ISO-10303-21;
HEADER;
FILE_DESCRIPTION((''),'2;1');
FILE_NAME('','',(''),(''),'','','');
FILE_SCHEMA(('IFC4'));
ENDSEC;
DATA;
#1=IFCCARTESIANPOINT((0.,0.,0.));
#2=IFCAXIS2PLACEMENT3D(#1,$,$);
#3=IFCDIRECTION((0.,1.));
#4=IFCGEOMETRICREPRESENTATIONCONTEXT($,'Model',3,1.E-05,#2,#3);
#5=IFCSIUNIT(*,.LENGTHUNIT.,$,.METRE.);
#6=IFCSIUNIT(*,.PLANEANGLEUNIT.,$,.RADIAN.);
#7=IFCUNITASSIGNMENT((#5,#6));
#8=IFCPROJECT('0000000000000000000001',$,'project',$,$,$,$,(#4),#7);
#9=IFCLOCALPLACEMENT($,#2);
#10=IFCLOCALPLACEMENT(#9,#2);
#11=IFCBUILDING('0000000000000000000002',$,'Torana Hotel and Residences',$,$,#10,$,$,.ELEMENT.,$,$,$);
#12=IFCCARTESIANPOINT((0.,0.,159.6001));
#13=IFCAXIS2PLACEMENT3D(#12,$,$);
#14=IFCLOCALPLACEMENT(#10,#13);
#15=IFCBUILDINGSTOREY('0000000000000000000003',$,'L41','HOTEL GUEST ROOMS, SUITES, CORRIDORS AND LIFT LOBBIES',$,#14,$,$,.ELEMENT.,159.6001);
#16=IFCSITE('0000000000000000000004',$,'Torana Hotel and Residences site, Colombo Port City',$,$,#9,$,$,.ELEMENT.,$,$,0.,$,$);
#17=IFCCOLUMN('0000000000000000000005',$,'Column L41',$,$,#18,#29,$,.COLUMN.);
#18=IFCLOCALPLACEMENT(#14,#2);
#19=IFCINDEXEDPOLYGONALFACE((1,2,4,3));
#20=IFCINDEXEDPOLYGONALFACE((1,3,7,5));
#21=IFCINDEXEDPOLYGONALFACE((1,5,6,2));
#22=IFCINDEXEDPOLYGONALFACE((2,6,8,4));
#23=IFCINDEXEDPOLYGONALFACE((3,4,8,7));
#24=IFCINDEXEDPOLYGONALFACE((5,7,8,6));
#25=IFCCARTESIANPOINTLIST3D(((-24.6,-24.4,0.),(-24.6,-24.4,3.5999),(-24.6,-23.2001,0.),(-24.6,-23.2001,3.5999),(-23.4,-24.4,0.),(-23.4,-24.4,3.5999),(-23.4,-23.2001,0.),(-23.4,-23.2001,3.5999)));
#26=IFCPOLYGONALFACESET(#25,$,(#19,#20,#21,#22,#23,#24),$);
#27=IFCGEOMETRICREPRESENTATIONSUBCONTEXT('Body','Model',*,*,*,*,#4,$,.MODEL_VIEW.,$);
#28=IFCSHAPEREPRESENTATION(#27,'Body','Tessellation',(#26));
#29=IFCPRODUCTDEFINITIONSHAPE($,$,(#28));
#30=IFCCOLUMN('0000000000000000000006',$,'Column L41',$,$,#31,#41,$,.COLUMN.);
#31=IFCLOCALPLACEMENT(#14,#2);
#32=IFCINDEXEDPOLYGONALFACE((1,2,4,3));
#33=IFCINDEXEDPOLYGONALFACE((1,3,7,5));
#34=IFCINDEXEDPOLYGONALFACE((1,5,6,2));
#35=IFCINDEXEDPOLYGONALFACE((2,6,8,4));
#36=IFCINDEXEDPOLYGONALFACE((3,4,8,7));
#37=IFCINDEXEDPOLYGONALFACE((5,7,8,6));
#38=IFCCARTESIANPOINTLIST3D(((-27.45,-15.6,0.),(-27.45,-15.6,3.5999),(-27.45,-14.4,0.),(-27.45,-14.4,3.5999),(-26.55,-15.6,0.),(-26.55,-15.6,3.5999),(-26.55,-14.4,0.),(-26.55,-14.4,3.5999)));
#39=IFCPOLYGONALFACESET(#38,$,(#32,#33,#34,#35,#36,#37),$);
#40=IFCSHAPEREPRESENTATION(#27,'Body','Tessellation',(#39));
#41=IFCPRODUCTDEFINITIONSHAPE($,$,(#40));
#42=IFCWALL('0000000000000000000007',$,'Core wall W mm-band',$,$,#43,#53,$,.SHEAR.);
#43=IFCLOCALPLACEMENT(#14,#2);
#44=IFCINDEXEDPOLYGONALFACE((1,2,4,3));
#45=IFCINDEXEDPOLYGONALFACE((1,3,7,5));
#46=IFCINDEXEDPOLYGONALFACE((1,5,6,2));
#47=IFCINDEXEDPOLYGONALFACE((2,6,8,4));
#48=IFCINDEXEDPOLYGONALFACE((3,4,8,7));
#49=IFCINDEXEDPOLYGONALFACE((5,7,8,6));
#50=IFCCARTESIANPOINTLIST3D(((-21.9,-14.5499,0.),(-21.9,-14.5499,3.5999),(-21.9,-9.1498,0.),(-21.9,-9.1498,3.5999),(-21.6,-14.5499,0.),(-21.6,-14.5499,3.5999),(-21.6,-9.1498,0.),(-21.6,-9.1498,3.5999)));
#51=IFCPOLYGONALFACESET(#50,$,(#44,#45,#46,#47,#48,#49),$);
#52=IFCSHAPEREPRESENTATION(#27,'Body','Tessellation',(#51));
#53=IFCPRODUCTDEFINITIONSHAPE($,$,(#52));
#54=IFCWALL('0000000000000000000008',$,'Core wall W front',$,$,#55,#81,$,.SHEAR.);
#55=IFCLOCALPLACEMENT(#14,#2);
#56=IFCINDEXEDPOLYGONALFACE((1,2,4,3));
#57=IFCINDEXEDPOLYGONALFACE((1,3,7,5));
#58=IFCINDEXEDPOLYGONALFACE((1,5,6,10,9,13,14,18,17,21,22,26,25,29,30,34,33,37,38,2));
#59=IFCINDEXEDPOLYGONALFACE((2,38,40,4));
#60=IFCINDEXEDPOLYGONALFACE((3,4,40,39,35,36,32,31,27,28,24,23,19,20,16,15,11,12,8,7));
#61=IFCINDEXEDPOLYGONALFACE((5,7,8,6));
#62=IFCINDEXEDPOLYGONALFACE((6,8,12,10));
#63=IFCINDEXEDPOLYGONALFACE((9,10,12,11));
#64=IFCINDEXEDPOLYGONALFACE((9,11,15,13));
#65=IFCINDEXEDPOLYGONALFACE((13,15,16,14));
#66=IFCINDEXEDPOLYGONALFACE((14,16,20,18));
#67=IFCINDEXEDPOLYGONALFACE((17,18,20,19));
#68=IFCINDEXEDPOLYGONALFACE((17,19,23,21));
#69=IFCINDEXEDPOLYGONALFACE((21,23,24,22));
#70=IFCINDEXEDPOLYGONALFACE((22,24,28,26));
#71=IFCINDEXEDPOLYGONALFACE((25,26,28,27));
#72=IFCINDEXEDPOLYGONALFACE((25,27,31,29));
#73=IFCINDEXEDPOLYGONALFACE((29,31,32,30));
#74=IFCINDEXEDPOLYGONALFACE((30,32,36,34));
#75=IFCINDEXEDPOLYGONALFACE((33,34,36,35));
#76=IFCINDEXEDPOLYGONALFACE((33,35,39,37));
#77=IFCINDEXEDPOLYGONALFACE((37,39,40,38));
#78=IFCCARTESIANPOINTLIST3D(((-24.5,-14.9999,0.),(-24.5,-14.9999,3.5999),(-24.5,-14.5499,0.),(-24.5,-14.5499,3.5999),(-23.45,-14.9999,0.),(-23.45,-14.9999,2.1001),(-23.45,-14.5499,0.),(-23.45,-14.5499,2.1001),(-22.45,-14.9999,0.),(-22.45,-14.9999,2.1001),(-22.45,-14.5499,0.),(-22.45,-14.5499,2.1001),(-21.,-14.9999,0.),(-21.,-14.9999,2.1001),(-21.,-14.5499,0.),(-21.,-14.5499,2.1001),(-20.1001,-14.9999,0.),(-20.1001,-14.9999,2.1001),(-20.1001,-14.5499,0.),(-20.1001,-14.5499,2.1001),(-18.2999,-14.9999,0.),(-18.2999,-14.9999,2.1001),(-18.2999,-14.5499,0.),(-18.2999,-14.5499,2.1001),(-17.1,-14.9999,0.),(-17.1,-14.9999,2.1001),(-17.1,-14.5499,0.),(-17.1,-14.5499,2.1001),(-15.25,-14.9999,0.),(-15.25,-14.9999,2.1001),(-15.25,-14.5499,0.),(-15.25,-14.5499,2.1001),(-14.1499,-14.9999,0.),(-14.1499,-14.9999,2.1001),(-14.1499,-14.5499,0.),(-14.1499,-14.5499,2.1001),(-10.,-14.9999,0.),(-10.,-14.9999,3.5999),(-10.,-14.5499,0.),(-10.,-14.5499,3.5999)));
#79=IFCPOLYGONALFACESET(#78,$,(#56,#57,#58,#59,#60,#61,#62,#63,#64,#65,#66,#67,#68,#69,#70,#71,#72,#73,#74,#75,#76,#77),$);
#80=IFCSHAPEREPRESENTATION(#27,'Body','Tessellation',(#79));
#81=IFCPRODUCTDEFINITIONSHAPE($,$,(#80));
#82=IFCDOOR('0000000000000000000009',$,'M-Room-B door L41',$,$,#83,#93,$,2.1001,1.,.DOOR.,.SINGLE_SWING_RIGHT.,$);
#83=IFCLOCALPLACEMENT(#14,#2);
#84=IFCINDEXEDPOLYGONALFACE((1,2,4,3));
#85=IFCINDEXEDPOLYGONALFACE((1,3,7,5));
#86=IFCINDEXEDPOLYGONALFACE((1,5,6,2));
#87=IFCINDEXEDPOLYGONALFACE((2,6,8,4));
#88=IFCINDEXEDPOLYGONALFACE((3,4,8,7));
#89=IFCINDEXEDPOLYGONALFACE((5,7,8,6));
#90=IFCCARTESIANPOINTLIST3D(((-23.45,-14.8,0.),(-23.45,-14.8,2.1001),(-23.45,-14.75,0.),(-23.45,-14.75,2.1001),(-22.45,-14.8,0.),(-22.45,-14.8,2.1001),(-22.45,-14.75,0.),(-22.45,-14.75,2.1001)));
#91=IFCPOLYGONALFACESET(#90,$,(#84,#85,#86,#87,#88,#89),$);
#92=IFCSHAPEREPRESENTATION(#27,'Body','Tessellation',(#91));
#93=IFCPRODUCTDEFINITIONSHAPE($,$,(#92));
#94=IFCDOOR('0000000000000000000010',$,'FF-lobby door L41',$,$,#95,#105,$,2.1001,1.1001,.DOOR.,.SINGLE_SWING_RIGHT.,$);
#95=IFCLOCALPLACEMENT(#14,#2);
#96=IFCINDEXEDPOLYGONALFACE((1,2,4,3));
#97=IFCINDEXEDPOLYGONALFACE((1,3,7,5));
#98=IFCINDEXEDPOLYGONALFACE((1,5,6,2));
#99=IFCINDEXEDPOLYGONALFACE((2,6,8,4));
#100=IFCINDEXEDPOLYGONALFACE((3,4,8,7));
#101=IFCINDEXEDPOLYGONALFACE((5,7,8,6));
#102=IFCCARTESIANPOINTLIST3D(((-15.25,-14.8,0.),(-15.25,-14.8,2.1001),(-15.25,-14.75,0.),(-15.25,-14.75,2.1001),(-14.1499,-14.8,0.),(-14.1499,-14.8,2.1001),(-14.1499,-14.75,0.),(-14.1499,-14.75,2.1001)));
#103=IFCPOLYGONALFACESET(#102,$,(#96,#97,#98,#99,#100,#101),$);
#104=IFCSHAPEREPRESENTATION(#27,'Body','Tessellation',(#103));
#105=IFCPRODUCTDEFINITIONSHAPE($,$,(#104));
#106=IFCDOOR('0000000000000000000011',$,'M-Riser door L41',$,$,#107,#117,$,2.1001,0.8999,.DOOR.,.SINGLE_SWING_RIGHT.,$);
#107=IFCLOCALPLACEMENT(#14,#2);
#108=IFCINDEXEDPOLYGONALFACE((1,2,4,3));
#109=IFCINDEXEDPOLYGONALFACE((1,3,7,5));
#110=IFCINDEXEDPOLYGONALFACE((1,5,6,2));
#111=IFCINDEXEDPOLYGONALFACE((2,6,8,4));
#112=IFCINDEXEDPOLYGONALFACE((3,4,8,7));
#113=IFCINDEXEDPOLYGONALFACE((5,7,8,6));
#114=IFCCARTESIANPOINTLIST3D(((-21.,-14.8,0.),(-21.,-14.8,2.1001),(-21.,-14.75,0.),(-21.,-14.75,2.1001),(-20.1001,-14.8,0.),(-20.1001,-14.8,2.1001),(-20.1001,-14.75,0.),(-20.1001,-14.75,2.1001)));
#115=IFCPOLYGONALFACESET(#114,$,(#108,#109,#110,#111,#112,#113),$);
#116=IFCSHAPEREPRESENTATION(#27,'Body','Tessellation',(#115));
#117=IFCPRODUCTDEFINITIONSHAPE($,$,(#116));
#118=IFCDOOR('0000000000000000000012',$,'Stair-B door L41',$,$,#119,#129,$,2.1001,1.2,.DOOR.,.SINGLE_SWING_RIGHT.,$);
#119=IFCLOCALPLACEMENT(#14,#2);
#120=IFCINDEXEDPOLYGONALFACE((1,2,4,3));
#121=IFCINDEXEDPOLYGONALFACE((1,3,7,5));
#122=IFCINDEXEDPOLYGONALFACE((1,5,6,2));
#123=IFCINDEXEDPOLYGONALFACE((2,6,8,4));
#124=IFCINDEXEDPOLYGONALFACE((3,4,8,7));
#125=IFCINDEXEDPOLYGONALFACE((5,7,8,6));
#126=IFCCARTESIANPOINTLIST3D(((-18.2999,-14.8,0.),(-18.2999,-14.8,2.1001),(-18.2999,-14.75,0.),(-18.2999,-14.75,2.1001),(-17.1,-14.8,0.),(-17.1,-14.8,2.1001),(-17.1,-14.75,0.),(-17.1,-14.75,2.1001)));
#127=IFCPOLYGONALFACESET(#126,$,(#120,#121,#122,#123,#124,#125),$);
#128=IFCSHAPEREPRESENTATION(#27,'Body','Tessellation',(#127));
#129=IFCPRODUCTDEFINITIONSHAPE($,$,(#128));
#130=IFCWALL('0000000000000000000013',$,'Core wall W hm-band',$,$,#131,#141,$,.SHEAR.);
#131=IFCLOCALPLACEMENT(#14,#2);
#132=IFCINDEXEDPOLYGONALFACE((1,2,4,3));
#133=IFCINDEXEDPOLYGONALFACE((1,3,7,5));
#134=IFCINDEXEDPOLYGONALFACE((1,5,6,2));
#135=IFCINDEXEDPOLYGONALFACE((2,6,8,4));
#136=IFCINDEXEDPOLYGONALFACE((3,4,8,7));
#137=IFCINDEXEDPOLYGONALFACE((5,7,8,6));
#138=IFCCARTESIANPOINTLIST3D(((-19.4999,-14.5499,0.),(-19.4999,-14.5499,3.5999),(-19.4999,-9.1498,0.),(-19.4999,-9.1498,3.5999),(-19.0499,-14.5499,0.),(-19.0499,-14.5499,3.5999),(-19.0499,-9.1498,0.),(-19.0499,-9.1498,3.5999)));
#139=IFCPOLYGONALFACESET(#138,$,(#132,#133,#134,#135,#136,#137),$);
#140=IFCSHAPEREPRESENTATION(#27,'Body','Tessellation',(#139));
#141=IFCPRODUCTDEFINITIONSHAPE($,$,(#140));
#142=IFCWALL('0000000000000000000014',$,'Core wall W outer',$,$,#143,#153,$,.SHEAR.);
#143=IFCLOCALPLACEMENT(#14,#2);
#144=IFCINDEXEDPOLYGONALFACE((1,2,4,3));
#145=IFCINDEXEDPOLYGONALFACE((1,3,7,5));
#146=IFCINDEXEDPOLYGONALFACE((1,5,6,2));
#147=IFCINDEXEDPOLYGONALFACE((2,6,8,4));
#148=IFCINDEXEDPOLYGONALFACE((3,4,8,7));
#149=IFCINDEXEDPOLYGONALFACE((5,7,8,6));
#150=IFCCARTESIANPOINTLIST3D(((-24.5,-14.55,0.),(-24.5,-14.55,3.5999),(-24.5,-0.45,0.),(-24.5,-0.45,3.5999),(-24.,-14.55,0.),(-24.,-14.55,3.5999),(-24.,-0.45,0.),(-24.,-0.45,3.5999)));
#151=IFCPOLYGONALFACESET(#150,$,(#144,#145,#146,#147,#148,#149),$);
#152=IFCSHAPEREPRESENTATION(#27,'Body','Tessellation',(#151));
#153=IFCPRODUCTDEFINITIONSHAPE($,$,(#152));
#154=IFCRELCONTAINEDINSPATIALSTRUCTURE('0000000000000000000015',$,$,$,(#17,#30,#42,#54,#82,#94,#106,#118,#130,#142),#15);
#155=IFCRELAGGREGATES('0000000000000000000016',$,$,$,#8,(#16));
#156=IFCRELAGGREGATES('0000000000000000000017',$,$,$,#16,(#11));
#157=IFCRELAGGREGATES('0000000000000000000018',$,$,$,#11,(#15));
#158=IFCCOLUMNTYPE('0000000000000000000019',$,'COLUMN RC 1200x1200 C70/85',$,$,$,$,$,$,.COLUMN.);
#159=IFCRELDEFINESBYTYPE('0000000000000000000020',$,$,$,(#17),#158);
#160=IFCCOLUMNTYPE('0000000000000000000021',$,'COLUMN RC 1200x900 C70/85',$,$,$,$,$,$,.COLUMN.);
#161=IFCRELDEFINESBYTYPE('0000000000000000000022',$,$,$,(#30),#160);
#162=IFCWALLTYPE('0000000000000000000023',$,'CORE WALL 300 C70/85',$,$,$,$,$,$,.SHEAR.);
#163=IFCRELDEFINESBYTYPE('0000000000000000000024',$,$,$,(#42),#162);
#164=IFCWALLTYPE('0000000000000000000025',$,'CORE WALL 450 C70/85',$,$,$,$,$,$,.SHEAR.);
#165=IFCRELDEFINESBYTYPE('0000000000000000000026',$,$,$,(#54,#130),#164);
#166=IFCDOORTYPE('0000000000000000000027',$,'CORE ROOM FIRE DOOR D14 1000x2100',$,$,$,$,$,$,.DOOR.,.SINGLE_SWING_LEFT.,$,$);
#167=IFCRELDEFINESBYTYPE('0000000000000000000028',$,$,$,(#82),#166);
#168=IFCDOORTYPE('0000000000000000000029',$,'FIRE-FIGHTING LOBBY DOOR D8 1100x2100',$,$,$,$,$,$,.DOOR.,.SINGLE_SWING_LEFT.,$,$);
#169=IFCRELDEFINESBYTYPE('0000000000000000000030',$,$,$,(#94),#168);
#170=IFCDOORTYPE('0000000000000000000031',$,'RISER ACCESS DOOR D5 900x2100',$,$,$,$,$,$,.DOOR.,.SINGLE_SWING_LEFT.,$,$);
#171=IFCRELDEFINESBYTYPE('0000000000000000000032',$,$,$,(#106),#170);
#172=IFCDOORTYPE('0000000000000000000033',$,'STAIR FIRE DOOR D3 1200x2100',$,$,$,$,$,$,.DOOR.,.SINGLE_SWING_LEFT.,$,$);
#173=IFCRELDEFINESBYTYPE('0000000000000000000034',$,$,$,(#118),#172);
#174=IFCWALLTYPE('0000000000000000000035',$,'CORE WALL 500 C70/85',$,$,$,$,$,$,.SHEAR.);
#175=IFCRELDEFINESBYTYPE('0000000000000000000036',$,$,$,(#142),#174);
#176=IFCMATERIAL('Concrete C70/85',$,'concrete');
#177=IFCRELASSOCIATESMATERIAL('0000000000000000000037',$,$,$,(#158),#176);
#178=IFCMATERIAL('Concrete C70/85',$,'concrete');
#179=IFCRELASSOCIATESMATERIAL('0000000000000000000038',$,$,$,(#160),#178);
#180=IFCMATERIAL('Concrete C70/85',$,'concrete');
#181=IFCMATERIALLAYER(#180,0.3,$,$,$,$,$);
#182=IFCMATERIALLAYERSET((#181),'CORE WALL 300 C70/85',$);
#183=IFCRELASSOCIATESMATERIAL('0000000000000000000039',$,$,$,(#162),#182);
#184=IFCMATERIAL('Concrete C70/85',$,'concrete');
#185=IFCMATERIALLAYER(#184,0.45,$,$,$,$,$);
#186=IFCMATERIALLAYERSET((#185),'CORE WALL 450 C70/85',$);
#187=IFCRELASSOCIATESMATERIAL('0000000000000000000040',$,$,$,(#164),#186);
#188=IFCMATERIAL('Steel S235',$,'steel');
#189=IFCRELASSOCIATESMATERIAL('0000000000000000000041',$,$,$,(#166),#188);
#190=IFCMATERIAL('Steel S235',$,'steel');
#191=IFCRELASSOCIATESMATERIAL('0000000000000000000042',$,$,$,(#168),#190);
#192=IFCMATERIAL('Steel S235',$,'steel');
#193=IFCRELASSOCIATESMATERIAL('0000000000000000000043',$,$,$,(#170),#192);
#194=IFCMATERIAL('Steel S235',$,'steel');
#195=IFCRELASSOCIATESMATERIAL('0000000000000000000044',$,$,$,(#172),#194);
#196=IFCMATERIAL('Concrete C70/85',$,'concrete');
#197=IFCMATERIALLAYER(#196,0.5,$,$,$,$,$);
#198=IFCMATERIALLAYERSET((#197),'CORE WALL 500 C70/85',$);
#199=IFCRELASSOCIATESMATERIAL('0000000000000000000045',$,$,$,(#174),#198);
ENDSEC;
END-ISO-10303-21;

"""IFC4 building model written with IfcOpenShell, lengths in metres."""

from ifc_helpers import new_model, si_unit, direction, frame, frame_2d, origin, origin_2d, place, context, subcontext, project, spatial, rectangle, extrude, material, layer, layer_set, material_profile, profile_set, type_object, element, fill, save


model = new_model("IFC4")

# Units and contexts
model_context = context("Model", 3, precision=1e-05, world=origin(), true_north=direction((0.0, 1.0)))
body_context = subcontext(model_context, "Body", "Model", "MODEL_VIEW")
ifc_project = project(units=[si_unit("LENGTHUNIT", "METRE"), si_unit("PLANEANGLEUNIT", "RADIAN")], contexts=[model_context])

# Site, building, storey
site_placement = place(None, origin())
site = spatial("IfcSite", under=ifc_project, at=site_placement, Name="Torana Hotel and Residences site, Colombo Port City", CompositionType="ELEMENT", RefElevation=0.0)
building_placement = place(site_placement, origin())
building = spatial("IfcBuilding", under=site, at=building_placement, Name="Torana Hotel and Residences", CompositionType="ELEMENT")
storey_placement = place(building_placement, frame((0.0, 0.0, 159.6001)))
storey = spatial("IfcBuildingStorey", under=building, at=storey_placement, Name="L41", Description="HOTEL GUEST ROOMS, SUITES, CORRIDORS AND LIFT LOBBIES", CompositionType="ELEMENT", Elevation=159.6001)

# Columns
ifc_material_1 = material(Name="Concrete C70/85", Category="concrete")
ifc_material_profile_1 = material_profile(ifc_material_1, rectangle(XDim=1.2, YDim=1.2, at=origin_2d()), Name="RC 1200x1200")
ifc_profile_set_1 = profile_set([ifc_material_profile_1], Name="Concrete C70/85")
column_type_1 = type_object("IfcColumnType", Name="COLUMN RC 1200x1200 C70/85", PredefinedType="COLUMN", material=ifc_profile_set_1)
column_1_placement = place(storey_placement, frame((-24.0, -23.8, 0.0), z_axis=(0.0, 0.0, 1.0), x_axis=(1.0, 0.0, 0.0)))
element("IfcColumn", 1, at=column_1_placement, inside=storey, type_object=column_type_1, Name="Column L41", PredefinedType="COLUMN", context=body_context, shape_type="SweptSolid", body=[
    extrude(rectangle(XDim=1.2, YDim=1.2, at=origin_2d()), origin(), (0.0, 0.0, 1.0), 3.5999),
])
ifc_material_2 = material(Name="Concrete C70/85", Category="concrete")
ifc_material_profile_2 = material_profile(ifc_material_2, rectangle(XDim=1.2, YDim=0.8999, at=origin_2d()), Name="RC 1200x900")
ifc_profile_set_2 = profile_set([ifc_material_profile_2], Name="Concrete C70/85")
column_type_2 = type_object("IfcColumnType", Name="COLUMN RC 1200x900 C70/85", PredefinedType="COLUMN", material=ifc_profile_set_2)
column_2_placement = place(storey_placement, frame((-27.0, -15.0, 0.0), z_axis=(0.0, 0.0, 1.0), x_axis=(0.0, 1.0, 0.0)))
element("IfcColumn", 2, at=column_2_placement, inside=storey, type_object=column_type_2, Name="Column L41", PredefinedType="COLUMN", context=body_context, shape_type="SweptSolid", body=[
    extrude(rectangle(XDim=1.2, YDim=0.8999, at=origin_2d()), origin(), (0.0, 0.0, 1.0), 3.5999),
])

# Wall
ifc_material_3 = material(Name="Concrete C70/85", Category="concrete")
ifc_layer_1 = layer(ifc_material_3, 0.3)
ifc_layer_set_1 = layer_set([ifc_layer_1], Name="CORE WALL 300 C70/85")
wall_type_1 = type_object("IfcWallType", Name="CORE WALL 300 C70/85", PredefinedType="SHEAR", material=ifc_layer_set_1)
wall_1_placement = place(storey_placement, frame((-21.75, -14.55, 0.0), z_axis=(0.0, 0.0, 1.0), x_axis=(0.0, 1.0, 0.0)))
element("IfcWall", 3, at=wall_1_placement, inside=storey, type_object=wall_type_1, Name="Core wall W mm-band", PredefinedType="SHEAR", context=body_context, shape_type="SweptSolid", body=[
    extrude(rectangle(XDim=5.4001, YDim=0.3, at=frame_2d((2.7002, 0.0))), origin(), (0.0, 0.0, 1.0), 3.5999),
])

# Wall, openings, doors
ifc_material_4 = material(Name="Concrete C70/85", Category="concrete")
ifc_layer_2 = layer(ifc_material_4, 0.45)
ifc_layer_set_2 = layer_set([ifc_layer_2], Name="CORE WALL 450 C70/85")
wall_type_2 = type_object("IfcWallType", Name="CORE WALL 450 C70/85", PredefinedType="SHEAR", material=ifc_layer_set_2)
wall_2_placement = place(storey_placement, frame((-24.5, -14.7749, 0.0), z_axis=(0.0, 0.0, 1.0), x_axis=(1.0, 0.0, 0.0)))
wall_2 = element("IfcWall", 4, at=wall_2_placement, inside=storey, type_object=wall_type_2, Name="Core wall W front", PredefinedType="SHEAR", context=body_context, shape_type="SweptSolid", body=[
    extrude(rectangle(XDim=14.5, YDim=0.45, at=frame_2d((7.25, 0.0))), origin(), (0.0, 0.0, 1.0), 3.5999),
])
opening_1_placement = place(wall_2_placement, frame((6.2, 0.0, 0.0)))
opening_1 = element("IfcOpeningElement", 5, at=opening_1_placement, cuts=wall_2, PredefinedType="OPENING", context=body_context, shape_type="SweptSolid", body=[
    extrude(rectangle(XDim=1.2, YDim=2.1001, at=frame_2d((0.6001, 1.05))), frame((0.0, 0.2349, 0.0), z_axis=(0.0, -1.0, 0.0), x_axis=(1.0, 0.0, 0.0)), (0.0, 0.0, 1.0), 0.47),
])
opening_2_placement = place(wall_2_placement, frame((9.25, 0.0, 0.0)))
opening_2 = element("IfcOpeningElement", 6, at=opening_2_placement, cuts=wall_2, PredefinedType="OPENING", context=body_context, shape_type="SweptSolid", body=[
    extrude(rectangle(XDim=1.1001, YDim=2.1001, at=frame_2d((0.55, 1.05))), frame((0.0, 0.2349, 0.0), z_axis=(0.0, -1.0, 0.0), x_axis=(1.0, 0.0, 0.0)), (0.0, 0.0, 1.0), 0.47),
])
opening_3_placement = place(wall_2_placement, frame((3.5, 0.0, 0.0)))
opening_3 = element("IfcOpeningElement", 7, at=opening_3_placement, cuts=wall_2, PredefinedType="OPENING", context=body_context, shape_type="SweptSolid", body=[
    extrude(rectangle(XDim=0.8999, YDim=2.1001, at=frame_2d((0.45, 1.05))), frame((0.0, 0.2349, 0.0), z_axis=(0.0, -1.0, 0.0), x_axis=(1.0, 0.0, 0.0)), (0.0, 0.0, 1.0), 0.47),
])
opening_4_placement = place(wall_2_placement, frame((1.05, 0.0, 0.0)))
opening_4 = element("IfcOpeningElement", 8, at=opening_4_placement, cuts=wall_2, PredefinedType="OPENING", context=body_context, shape_type="SweptSolid", body=[
    extrude(rectangle(XDim=1.0, YDim=2.1001, at=frame_2d((0.5, 1.05))), frame((0.0, 0.2349, 0.0), z_axis=(0.0, -1.0, 0.0), x_axis=(1.0, 0.0, 0.0)), (0.0, 0.0, 1.0), 0.47),
])
ifc_material_5 = material(Name="Steel S235", Category="steel")
door_type_1 = type_object("IfcDoorType", Name="CORE ROOM FIRE DOOR D14 1000x2100", OperationType="SINGLE_SWING_LEFT", PredefinedType="DOOR", material=ifc_material_5)
door_1_placement = place(opening_4_placement, origin())
door_1 = element("IfcDoor", 9, at=door_1_placement, inside=storey, type_object=door_type_1, Name="M-Room-B door L41", OperationType="SINGLE_SWING_RIGHT", OverallHeight=2.1001, OverallWidth=1.0, PredefinedType="DOOR", context=body_context, shape_type="SweptSolid", body=[
    extrude(rectangle(XDim=1.0, YDim=2.1001, at=frame_2d((0.5, 1.05))), frame((0.0, 0.0249, 0.0), z_axis=(0.0, -1.0, 0.0), x_axis=(1.0, 0.0, 0.0)), (0.0, 0.0, 1.0), 0.05),
])
fill(opening_4, door_1)
ifc_material_6 = material(Name="Steel S235", Category="steel")
door_type_2 = type_object("IfcDoorType", Name="FIRE-FIGHTING LOBBY DOOR D8 1100x2100", OperationType="SINGLE_SWING_LEFT", PredefinedType="DOOR", material=ifc_material_6)
door_2_placement = place(opening_2_placement, origin())
door_2 = element("IfcDoor", 10, at=door_2_placement, inside=storey, type_object=door_type_2, Name="FF-lobby door L41", OperationType="SINGLE_SWING_RIGHT", OverallHeight=2.1001, OverallWidth=1.1001, PredefinedType="DOOR", context=body_context, shape_type="SweptSolid", body=[
    extrude(rectangle(XDim=1.1001, YDim=2.1001, at=frame_2d((0.55, 1.05))), frame((0.0, 0.0249, 0.0), z_axis=(0.0, -1.0, 0.0), x_axis=(1.0, 0.0, 0.0)), (0.0, 0.0, 1.0), 0.05),
])
fill(opening_2, door_2)
ifc_material_7 = material(Name="Steel S235", Category="steel")
door_type_3 = type_object("IfcDoorType", Name="RISER ACCESS DOOR D5 900x2100", OperationType="SINGLE_SWING_LEFT", PredefinedType="DOOR", material=ifc_material_7)
door_3_placement = place(opening_3_placement, origin())
door_3 = element("IfcDoor", 11, at=door_3_placement, inside=storey, type_object=door_type_3, Name="M-Riser door L41", OperationType="SINGLE_SWING_RIGHT", OverallHeight=2.1001, OverallWidth=0.8999, PredefinedType="DOOR", context=body_context, shape_type="SweptSolid", body=[
    extrude(rectangle(XDim=0.8999, YDim=2.1001, at=frame_2d((0.45, 1.05))), frame((0.0, 0.0249, 0.0), z_axis=(0.0, -1.0, 0.0), x_axis=(1.0, 0.0, 0.0)), (0.0, 0.0, 1.0), 0.05),
])
fill(opening_3, door_3)
ifc_material_8 = material(Name="Steel S235", Category="steel")
door_type_4 = type_object("IfcDoorType", Name="STAIR FIRE DOOR D3 1200x2100", OperationType="SINGLE_SWING_LEFT", PredefinedType="DOOR", material=ifc_material_8)
door_4_placement = place(opening_1_placement, origin())
door_4 = element("IfcDoor", 12, at=door_4_placement, inside=storey, type_object=door_type_4, Name="Stair-B door L41", OperationType="SINGLE_SWING_RIGHT", OverallHeight=2.1001, OverallWidth=1.2, PredefinedType="DOOR", context=body_context, shape_type="SweptSolid", body=[
    extrude(rectangle(XDim=1.2, YDim=2.1001, at=frame_2d((0.6001, 1.05))), frame((0.0, 0.0249, 0.0), z_axis=(0.0, -1.0, 0.0), x_axis=(1.0, 0.0, 0.0)), (0.0, 0.0, 1.0), 0.05),
])
fill(opening_1, door_4)

# Walls
wall_3_placement = place(storey_placement, frame((-19.2749, -14.55, 0.0), z_axis=(0.0, 0.0, 1.0), x_axis=(0.0, 1.0, 0.0)))
element("IfcWall", 13, at=wall_3_placement, inside=storey, type_object=wall_type_2, Name="Core wall W hm-band", PredefinedType="SHEAR", context=body_context, shape_type="SweptSolid", body=[
    extrude(rectangle(XDim=5.4001, YDim=0.45, at=frame_2d((2.7002, 0.0))), origin(), (0.0, 0.0, 1.0), 3.5999),
])
ifc_material_9 = material(Name="Concrete C70/85", Category="concrete")
ifc_layer_3 = layer(ifc_material_9, 0.5)
ifc_layer_set_3 = layer_set([ifc_layer_3], Name="CORE WALL 500 C70/85")
wall_type_3 = type_object("IfcWallType", Name="CORE WALL 500 C70/85", PredefinedType="SHEAR", material=ifc_layer_set_3)
wall_4_placement = place(storey_placement, frame((-24.25, -14.55, 0.0), z_axis=(0.0, 0.0, 1.0), x_axis=(0.0, 1.0, 0.0)))
element("IfcWall", 14, at=wall_4_placement, inside=storey, type_object=wall_type_3, Name="Core wall W outer", PredefinedType="SHEAR", context=body_context, shape_type="SweptSolid", body=[
    extrude(rectangle(XDim=14.1001, YDim=0.5, at=frame_2d((7.05, 0.0))), origin(), (0.0, 0.0, 1.0), 3.5999),
])

save(model, "model.ifc")
